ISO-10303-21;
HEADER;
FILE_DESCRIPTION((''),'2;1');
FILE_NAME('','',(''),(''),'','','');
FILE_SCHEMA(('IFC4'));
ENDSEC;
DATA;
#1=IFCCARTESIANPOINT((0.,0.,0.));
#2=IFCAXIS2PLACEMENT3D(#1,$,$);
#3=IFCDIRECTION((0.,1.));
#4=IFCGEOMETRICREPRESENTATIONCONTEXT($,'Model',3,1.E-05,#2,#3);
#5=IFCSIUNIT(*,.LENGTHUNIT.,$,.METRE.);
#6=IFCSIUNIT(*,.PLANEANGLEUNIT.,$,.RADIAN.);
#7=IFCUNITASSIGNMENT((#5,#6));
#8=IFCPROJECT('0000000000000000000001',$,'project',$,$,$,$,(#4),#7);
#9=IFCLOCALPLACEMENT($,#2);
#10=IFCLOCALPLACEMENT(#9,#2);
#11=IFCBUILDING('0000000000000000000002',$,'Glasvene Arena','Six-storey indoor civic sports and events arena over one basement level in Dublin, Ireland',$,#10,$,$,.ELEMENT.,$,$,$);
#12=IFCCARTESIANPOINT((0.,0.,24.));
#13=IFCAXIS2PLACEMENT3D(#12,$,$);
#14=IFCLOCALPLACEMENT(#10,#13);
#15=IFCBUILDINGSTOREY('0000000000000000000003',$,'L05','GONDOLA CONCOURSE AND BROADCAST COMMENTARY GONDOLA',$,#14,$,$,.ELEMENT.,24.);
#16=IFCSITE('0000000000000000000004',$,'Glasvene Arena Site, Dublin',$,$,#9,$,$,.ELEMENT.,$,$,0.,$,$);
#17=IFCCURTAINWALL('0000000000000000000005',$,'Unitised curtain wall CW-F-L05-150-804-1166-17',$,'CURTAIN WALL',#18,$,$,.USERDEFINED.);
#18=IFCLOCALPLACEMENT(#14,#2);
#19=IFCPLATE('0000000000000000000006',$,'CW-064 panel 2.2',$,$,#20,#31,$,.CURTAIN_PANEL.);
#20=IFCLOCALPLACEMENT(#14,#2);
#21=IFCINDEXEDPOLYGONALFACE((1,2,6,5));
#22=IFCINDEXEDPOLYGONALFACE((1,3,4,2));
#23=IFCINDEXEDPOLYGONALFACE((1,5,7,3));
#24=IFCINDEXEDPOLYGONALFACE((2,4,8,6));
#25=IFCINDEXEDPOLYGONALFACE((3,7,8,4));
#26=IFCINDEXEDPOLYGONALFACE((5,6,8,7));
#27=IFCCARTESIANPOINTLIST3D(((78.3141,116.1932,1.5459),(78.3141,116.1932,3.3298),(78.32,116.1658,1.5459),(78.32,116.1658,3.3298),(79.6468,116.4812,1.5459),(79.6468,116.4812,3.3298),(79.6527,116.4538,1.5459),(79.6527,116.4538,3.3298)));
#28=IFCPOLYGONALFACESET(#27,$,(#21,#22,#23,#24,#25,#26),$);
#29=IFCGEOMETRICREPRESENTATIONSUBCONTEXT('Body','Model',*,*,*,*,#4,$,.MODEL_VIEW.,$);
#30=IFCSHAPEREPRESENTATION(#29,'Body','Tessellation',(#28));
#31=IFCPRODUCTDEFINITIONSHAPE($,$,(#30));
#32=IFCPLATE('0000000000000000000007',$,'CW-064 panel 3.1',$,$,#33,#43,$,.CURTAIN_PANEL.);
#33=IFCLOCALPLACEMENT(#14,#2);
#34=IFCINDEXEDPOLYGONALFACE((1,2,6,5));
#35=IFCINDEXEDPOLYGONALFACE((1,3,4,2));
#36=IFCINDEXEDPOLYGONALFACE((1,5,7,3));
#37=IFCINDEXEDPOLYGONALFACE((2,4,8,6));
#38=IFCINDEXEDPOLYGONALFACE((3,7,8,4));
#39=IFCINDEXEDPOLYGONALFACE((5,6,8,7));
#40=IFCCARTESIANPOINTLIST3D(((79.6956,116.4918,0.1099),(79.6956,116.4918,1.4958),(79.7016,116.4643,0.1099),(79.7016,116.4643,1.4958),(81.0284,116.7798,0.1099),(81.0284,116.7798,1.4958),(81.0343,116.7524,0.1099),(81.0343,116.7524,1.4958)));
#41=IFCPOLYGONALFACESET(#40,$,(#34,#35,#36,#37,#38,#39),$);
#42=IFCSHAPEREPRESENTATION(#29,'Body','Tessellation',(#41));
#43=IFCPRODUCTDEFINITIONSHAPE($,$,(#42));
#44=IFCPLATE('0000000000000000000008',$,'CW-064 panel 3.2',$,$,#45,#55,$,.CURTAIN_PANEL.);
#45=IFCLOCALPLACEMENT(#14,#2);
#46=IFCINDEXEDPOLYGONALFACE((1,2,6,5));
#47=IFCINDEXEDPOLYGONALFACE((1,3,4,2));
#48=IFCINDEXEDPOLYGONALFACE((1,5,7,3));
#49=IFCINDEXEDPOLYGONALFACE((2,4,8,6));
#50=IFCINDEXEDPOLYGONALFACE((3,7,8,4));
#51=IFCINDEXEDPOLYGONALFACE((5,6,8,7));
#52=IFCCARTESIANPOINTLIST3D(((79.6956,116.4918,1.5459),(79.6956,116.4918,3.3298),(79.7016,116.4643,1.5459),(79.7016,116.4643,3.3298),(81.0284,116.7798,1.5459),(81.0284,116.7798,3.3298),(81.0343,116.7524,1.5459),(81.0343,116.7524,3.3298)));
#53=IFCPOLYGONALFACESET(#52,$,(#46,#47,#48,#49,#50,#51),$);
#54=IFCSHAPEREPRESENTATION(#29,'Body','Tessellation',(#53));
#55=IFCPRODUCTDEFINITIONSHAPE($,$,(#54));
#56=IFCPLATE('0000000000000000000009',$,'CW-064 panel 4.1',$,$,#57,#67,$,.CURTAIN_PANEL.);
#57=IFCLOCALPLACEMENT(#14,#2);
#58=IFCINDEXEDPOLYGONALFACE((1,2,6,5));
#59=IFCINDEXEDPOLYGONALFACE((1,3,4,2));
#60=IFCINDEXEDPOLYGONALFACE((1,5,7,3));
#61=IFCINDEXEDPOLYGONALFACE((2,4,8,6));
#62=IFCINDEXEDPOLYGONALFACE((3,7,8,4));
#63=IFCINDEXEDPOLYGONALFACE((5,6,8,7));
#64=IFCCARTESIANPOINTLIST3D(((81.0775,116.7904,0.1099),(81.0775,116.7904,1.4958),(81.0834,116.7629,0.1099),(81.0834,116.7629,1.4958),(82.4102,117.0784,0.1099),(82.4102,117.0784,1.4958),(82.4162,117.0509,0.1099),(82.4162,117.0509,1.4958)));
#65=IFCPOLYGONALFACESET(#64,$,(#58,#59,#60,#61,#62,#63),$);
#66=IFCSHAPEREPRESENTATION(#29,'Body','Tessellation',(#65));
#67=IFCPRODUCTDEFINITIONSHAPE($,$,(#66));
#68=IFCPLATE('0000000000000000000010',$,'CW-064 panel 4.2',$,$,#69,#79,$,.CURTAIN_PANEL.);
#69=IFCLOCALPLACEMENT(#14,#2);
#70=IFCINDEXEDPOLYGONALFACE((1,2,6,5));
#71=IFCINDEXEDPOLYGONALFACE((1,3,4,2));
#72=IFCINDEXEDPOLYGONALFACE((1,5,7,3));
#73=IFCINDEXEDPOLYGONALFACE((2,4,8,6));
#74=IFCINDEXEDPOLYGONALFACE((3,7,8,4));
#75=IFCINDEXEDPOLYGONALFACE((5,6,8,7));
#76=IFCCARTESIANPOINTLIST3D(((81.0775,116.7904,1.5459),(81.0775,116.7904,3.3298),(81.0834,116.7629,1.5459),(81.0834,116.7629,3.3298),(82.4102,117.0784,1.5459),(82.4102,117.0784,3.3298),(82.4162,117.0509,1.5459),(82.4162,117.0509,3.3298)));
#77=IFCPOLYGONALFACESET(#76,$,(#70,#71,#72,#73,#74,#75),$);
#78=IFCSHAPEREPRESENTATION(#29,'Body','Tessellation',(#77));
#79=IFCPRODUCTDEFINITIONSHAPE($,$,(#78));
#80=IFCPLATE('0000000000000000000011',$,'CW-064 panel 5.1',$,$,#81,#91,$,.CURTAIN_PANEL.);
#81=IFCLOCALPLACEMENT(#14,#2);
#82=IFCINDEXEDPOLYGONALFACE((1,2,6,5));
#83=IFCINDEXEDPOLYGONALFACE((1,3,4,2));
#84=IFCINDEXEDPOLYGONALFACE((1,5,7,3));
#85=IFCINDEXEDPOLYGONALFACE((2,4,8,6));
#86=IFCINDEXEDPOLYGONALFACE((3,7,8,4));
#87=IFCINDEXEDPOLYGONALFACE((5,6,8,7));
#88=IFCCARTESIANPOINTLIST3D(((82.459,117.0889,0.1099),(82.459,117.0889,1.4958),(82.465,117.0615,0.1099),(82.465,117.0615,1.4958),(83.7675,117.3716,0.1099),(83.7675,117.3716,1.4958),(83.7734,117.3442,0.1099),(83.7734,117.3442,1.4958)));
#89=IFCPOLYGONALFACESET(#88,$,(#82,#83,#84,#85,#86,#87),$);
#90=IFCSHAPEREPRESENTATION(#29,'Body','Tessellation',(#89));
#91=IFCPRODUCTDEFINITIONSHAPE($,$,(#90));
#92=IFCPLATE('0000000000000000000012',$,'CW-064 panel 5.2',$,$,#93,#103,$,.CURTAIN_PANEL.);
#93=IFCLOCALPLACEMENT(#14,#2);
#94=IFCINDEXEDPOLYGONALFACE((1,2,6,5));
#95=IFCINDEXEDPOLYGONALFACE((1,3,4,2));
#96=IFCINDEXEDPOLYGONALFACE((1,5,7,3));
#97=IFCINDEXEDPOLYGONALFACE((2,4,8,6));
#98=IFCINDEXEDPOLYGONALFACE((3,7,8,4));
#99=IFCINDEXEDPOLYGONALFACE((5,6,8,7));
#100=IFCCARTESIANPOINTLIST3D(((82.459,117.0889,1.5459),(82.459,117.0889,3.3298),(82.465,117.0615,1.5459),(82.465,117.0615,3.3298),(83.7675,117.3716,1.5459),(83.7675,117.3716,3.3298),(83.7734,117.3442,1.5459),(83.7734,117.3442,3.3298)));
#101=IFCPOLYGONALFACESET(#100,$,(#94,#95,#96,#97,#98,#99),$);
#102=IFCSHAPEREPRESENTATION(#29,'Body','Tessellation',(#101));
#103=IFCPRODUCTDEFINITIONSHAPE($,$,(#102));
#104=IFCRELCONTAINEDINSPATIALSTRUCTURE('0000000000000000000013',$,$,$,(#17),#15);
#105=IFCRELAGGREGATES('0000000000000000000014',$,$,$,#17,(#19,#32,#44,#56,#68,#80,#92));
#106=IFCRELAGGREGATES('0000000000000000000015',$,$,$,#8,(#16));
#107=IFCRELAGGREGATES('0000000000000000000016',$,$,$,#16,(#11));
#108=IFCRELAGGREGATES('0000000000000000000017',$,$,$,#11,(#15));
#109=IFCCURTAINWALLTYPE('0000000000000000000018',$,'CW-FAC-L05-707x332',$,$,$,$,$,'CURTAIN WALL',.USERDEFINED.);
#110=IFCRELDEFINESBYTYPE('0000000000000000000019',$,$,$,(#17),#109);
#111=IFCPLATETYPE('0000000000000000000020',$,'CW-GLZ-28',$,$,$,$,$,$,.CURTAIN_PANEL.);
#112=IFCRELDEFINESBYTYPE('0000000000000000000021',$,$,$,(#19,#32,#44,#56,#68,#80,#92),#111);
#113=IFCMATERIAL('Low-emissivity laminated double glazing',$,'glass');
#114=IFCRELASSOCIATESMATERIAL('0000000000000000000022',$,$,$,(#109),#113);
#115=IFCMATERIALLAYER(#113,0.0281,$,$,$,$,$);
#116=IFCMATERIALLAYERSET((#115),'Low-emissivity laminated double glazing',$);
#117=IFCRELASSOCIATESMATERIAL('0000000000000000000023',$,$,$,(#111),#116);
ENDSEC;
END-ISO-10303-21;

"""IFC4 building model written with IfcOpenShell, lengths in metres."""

from ifc_helpers import new_model, si_unit, direction, frame, origin, origin_2d, place, context, subcontext, project, spatial, rectangle, extrude, material, layer, layer_set, type_object, element, aggregate, save


model = new_model("IFC4")

# Units and contexts
model_context = context("Model", 3, precision=1e-05, world=origin(), true_north=direction((0.0, 1.0)))
body_context = subcontext(model_context, "Body", "Model", "MODEL_VIEW")
ifc_project = project(units=[si_unit("LENGTHUNIT", "METRE"), si_unit("PLANEANGLEUNIT", "RADIAN")], contexts=[model_context])

# Site, building, storey
site_placement = place(None, origin())
site = spatial("IfcSite", under=ifc_project, at=site_placement, Name="Glasvene Arena Site, Dublin", CompositionType="ELEMENT", RefElevation=0.0)
building_placement = place(site_placement, origin())
building = spatial("IfcBuilding", under=site, at=building_placement, Name="Glasvene Arena", Description="Six-storey indoor civic sports and events arena over one basement level in Dublin, Ireland", CompositionType="ELEMENT")
storey_placement = place(building_placement, frame((0.0, 0.0, 24.0)))
storey = spatial("IfcBuildingStorey", under=building, at=storey_placement, Name="L05", Description="GONDOLA CONCOURSE AND BROADCAST COMMENTARY GONDOLA", CompositionType="ELEMENT", Elevation=24.0)

# Curtain wall, plates
ifc_material_1 = material(Name="Low-emissivity laminated double glazing", Category="glass")
curtain_wall_type = type_object("IfcCurtainWallType", Name="CW-FAC-L05-707x332", ElementType="CURTAIN WALL", PredefinedType="USERDEFINED", material=ifc_material_1)
curtain_wall_placement = place(storey_placement, frame((76.9109, 115.8755, 0.0)))
curtain_wall = element("IfcCurtainWall", 1, at=curtain_wall_placement, inside=storey, type_object=curtain_wall_type, Name="Unitised curtain wall CW-F-L05-150-804-1166-17", ObjectType="CURTAIN WALL", PredefinedType="USERDEFINED")
ifc_layer = layer(ifc_material_1, 0.0281)
ifc_layer_set = layer_set([ifc_layer], Name="Low-emissivity laminated double glazing")
plate_type = type_object("IfcPlateType", Name="CW-GLZ-28", PredefinedType="CURTAIN_PANEL", material=ifc_layer_set)
plate_1_placement = place(storey_placement, frame((78.9834, 116.3235, 1.5459), z_axis=(0.0, 0.0, 1.0), x_axis=(0.977438, 0.211221, 0.0)))
plate_1 = element("IfcPlate", 2, at=plate_1_placement, type_object=plate_type, Name="CW-064 panel 2.2", PredefinedType="CURTAIN_PANEL", context=body_context, shape_type="SweptSolid", body=[
    extrude(rectangle(XDim=1.3635, YDim=0.0281, at=origin_2d()), origin(), (0.0, 0.0, 1.0), 1.7839),
])
plate_2_placement = place(storey_placement, frame((80.365, 116.6221, 0.1099), z_axis=(0.0, 0.0, 1.0), x_axis=(0.977438, 0.211221, 0.0)))
plate_2 = element("IfcPlate", 3, at=plate_2_placement, type_object=plate_type, Name="CW-064 panel 3.1", PredefinedType="CURTAIN_PANEL", context=body_context, shape_type="SweptSolid", body=[
    extrude(rectangle(XDim=1.3635, YDim=0.0281, at=origin_2d()), origin(), (0.0, 0.0, 1.0), 1.386),
])
plate_3_placement = place(storey_placement, frame((80.365, 116.6221, 1.5459), z_axis=(0.0, 0.0, 1.0), x_axis=(0.977438, 0.211221, 0.0)))
plate_3 = element("IfcPlate", 4, at=plate_3_placement, type_object=plate_type, Name="CW-064 panel 3.2", PredefinedType="CURTAIN_PANEL", context=body_context, shape_type="SweptSolid", body=[
    extrude(rectangle(XDim=1.3635, YDim=0.0281, at=origin_2d()), origin(), (0.0, 0.0, 1.0), 1.7839),
])
plate_4_placement = place(storey_placement, frame((81.7468, 116.9207, 0.1099), z_axis=(0.0, 0.0, 1.0), x_axis=(0.977438, 0.211221, 0.0)))
plate_4 = element("IfcPlate", 5, at=plate_4_placement, type_object=plate_type, Name="CW-064 panel 4.1", PredefinedType="CURTAIN_PANEL", context=body_context, shape_type="SweptSolid", body=[
    extrude(rectangle(XDim=1.3635, YDim=0.0281, at=origin_2d()), origin(), (0.0, 0.0, 1.0), 1.386),
])
plate_5_placement = place(storey_placement, frame((81.7468, 116.9207, 1.5459), z_axis=(0.0, 0.0, 1.0), x_axis=(0.977438, 0.211221, 0.0)))
plate_5 = element("IfcPlate", 6, at=plate_5_placement, type_object=plate_type, Name="CW-064 panel 4.2", PredefinedType="CURTAIN_PANEL", context=body_context, shape_type="SweptSolid", body=[
    extrude(rectangle(XDim=1.3635, YDim=0.0281, at=origin_2d()), origin(), (0.0, 0.0, 1.0), 1.7839),
])
plate_6_placement = place(storey_placement, frame((83.1162, 117.2166, 0.1099), z_axis=(0.0, 0.0, 1.0), x_axis=(0.977438, 0.211221, 0.0)))
plate_6 = element("IfcPlate", 7, at=plate_6_placement, type_object=plate_type, Name="CW-064 panel 5.1", PredefinedType="CURTAIN_PANEL", context=body_context, shape_type="SweptSolid", body=[
    extrude(rectangle(XDim=1.3386, YDim=0.0281, at=origin_2d()), origin(), (0.0, 0.0, 1.0), 1.386),
])
plate_7_placement = place(storey_placement, frame((83.1162, 117.2166, 1.5459), z_axis=(0.0, 0.0, 1.0), x_axis=(0.977438, 0.211221, 0.0)))
plate_7 = element("IfcPlate", 8, at=plate_7_placement, type_object=plate_type, Name="CW-064 panel 5.2", PredefinedType="CURTAIN_PANEL", context=body_context, shape_type="SweptSolid", body=[
    extrude(rectangle(XDim=1.3386, YDim=0.0281, at=origin_2d()), origin(), (0.0, 0.0, 1.0), 1.7839),
])
aggregate(curtain_wall, [plate_1, plate_2, plate_3, plate_4, plate_5, plate_6, plate_7])

save(model, "model.ifc")
